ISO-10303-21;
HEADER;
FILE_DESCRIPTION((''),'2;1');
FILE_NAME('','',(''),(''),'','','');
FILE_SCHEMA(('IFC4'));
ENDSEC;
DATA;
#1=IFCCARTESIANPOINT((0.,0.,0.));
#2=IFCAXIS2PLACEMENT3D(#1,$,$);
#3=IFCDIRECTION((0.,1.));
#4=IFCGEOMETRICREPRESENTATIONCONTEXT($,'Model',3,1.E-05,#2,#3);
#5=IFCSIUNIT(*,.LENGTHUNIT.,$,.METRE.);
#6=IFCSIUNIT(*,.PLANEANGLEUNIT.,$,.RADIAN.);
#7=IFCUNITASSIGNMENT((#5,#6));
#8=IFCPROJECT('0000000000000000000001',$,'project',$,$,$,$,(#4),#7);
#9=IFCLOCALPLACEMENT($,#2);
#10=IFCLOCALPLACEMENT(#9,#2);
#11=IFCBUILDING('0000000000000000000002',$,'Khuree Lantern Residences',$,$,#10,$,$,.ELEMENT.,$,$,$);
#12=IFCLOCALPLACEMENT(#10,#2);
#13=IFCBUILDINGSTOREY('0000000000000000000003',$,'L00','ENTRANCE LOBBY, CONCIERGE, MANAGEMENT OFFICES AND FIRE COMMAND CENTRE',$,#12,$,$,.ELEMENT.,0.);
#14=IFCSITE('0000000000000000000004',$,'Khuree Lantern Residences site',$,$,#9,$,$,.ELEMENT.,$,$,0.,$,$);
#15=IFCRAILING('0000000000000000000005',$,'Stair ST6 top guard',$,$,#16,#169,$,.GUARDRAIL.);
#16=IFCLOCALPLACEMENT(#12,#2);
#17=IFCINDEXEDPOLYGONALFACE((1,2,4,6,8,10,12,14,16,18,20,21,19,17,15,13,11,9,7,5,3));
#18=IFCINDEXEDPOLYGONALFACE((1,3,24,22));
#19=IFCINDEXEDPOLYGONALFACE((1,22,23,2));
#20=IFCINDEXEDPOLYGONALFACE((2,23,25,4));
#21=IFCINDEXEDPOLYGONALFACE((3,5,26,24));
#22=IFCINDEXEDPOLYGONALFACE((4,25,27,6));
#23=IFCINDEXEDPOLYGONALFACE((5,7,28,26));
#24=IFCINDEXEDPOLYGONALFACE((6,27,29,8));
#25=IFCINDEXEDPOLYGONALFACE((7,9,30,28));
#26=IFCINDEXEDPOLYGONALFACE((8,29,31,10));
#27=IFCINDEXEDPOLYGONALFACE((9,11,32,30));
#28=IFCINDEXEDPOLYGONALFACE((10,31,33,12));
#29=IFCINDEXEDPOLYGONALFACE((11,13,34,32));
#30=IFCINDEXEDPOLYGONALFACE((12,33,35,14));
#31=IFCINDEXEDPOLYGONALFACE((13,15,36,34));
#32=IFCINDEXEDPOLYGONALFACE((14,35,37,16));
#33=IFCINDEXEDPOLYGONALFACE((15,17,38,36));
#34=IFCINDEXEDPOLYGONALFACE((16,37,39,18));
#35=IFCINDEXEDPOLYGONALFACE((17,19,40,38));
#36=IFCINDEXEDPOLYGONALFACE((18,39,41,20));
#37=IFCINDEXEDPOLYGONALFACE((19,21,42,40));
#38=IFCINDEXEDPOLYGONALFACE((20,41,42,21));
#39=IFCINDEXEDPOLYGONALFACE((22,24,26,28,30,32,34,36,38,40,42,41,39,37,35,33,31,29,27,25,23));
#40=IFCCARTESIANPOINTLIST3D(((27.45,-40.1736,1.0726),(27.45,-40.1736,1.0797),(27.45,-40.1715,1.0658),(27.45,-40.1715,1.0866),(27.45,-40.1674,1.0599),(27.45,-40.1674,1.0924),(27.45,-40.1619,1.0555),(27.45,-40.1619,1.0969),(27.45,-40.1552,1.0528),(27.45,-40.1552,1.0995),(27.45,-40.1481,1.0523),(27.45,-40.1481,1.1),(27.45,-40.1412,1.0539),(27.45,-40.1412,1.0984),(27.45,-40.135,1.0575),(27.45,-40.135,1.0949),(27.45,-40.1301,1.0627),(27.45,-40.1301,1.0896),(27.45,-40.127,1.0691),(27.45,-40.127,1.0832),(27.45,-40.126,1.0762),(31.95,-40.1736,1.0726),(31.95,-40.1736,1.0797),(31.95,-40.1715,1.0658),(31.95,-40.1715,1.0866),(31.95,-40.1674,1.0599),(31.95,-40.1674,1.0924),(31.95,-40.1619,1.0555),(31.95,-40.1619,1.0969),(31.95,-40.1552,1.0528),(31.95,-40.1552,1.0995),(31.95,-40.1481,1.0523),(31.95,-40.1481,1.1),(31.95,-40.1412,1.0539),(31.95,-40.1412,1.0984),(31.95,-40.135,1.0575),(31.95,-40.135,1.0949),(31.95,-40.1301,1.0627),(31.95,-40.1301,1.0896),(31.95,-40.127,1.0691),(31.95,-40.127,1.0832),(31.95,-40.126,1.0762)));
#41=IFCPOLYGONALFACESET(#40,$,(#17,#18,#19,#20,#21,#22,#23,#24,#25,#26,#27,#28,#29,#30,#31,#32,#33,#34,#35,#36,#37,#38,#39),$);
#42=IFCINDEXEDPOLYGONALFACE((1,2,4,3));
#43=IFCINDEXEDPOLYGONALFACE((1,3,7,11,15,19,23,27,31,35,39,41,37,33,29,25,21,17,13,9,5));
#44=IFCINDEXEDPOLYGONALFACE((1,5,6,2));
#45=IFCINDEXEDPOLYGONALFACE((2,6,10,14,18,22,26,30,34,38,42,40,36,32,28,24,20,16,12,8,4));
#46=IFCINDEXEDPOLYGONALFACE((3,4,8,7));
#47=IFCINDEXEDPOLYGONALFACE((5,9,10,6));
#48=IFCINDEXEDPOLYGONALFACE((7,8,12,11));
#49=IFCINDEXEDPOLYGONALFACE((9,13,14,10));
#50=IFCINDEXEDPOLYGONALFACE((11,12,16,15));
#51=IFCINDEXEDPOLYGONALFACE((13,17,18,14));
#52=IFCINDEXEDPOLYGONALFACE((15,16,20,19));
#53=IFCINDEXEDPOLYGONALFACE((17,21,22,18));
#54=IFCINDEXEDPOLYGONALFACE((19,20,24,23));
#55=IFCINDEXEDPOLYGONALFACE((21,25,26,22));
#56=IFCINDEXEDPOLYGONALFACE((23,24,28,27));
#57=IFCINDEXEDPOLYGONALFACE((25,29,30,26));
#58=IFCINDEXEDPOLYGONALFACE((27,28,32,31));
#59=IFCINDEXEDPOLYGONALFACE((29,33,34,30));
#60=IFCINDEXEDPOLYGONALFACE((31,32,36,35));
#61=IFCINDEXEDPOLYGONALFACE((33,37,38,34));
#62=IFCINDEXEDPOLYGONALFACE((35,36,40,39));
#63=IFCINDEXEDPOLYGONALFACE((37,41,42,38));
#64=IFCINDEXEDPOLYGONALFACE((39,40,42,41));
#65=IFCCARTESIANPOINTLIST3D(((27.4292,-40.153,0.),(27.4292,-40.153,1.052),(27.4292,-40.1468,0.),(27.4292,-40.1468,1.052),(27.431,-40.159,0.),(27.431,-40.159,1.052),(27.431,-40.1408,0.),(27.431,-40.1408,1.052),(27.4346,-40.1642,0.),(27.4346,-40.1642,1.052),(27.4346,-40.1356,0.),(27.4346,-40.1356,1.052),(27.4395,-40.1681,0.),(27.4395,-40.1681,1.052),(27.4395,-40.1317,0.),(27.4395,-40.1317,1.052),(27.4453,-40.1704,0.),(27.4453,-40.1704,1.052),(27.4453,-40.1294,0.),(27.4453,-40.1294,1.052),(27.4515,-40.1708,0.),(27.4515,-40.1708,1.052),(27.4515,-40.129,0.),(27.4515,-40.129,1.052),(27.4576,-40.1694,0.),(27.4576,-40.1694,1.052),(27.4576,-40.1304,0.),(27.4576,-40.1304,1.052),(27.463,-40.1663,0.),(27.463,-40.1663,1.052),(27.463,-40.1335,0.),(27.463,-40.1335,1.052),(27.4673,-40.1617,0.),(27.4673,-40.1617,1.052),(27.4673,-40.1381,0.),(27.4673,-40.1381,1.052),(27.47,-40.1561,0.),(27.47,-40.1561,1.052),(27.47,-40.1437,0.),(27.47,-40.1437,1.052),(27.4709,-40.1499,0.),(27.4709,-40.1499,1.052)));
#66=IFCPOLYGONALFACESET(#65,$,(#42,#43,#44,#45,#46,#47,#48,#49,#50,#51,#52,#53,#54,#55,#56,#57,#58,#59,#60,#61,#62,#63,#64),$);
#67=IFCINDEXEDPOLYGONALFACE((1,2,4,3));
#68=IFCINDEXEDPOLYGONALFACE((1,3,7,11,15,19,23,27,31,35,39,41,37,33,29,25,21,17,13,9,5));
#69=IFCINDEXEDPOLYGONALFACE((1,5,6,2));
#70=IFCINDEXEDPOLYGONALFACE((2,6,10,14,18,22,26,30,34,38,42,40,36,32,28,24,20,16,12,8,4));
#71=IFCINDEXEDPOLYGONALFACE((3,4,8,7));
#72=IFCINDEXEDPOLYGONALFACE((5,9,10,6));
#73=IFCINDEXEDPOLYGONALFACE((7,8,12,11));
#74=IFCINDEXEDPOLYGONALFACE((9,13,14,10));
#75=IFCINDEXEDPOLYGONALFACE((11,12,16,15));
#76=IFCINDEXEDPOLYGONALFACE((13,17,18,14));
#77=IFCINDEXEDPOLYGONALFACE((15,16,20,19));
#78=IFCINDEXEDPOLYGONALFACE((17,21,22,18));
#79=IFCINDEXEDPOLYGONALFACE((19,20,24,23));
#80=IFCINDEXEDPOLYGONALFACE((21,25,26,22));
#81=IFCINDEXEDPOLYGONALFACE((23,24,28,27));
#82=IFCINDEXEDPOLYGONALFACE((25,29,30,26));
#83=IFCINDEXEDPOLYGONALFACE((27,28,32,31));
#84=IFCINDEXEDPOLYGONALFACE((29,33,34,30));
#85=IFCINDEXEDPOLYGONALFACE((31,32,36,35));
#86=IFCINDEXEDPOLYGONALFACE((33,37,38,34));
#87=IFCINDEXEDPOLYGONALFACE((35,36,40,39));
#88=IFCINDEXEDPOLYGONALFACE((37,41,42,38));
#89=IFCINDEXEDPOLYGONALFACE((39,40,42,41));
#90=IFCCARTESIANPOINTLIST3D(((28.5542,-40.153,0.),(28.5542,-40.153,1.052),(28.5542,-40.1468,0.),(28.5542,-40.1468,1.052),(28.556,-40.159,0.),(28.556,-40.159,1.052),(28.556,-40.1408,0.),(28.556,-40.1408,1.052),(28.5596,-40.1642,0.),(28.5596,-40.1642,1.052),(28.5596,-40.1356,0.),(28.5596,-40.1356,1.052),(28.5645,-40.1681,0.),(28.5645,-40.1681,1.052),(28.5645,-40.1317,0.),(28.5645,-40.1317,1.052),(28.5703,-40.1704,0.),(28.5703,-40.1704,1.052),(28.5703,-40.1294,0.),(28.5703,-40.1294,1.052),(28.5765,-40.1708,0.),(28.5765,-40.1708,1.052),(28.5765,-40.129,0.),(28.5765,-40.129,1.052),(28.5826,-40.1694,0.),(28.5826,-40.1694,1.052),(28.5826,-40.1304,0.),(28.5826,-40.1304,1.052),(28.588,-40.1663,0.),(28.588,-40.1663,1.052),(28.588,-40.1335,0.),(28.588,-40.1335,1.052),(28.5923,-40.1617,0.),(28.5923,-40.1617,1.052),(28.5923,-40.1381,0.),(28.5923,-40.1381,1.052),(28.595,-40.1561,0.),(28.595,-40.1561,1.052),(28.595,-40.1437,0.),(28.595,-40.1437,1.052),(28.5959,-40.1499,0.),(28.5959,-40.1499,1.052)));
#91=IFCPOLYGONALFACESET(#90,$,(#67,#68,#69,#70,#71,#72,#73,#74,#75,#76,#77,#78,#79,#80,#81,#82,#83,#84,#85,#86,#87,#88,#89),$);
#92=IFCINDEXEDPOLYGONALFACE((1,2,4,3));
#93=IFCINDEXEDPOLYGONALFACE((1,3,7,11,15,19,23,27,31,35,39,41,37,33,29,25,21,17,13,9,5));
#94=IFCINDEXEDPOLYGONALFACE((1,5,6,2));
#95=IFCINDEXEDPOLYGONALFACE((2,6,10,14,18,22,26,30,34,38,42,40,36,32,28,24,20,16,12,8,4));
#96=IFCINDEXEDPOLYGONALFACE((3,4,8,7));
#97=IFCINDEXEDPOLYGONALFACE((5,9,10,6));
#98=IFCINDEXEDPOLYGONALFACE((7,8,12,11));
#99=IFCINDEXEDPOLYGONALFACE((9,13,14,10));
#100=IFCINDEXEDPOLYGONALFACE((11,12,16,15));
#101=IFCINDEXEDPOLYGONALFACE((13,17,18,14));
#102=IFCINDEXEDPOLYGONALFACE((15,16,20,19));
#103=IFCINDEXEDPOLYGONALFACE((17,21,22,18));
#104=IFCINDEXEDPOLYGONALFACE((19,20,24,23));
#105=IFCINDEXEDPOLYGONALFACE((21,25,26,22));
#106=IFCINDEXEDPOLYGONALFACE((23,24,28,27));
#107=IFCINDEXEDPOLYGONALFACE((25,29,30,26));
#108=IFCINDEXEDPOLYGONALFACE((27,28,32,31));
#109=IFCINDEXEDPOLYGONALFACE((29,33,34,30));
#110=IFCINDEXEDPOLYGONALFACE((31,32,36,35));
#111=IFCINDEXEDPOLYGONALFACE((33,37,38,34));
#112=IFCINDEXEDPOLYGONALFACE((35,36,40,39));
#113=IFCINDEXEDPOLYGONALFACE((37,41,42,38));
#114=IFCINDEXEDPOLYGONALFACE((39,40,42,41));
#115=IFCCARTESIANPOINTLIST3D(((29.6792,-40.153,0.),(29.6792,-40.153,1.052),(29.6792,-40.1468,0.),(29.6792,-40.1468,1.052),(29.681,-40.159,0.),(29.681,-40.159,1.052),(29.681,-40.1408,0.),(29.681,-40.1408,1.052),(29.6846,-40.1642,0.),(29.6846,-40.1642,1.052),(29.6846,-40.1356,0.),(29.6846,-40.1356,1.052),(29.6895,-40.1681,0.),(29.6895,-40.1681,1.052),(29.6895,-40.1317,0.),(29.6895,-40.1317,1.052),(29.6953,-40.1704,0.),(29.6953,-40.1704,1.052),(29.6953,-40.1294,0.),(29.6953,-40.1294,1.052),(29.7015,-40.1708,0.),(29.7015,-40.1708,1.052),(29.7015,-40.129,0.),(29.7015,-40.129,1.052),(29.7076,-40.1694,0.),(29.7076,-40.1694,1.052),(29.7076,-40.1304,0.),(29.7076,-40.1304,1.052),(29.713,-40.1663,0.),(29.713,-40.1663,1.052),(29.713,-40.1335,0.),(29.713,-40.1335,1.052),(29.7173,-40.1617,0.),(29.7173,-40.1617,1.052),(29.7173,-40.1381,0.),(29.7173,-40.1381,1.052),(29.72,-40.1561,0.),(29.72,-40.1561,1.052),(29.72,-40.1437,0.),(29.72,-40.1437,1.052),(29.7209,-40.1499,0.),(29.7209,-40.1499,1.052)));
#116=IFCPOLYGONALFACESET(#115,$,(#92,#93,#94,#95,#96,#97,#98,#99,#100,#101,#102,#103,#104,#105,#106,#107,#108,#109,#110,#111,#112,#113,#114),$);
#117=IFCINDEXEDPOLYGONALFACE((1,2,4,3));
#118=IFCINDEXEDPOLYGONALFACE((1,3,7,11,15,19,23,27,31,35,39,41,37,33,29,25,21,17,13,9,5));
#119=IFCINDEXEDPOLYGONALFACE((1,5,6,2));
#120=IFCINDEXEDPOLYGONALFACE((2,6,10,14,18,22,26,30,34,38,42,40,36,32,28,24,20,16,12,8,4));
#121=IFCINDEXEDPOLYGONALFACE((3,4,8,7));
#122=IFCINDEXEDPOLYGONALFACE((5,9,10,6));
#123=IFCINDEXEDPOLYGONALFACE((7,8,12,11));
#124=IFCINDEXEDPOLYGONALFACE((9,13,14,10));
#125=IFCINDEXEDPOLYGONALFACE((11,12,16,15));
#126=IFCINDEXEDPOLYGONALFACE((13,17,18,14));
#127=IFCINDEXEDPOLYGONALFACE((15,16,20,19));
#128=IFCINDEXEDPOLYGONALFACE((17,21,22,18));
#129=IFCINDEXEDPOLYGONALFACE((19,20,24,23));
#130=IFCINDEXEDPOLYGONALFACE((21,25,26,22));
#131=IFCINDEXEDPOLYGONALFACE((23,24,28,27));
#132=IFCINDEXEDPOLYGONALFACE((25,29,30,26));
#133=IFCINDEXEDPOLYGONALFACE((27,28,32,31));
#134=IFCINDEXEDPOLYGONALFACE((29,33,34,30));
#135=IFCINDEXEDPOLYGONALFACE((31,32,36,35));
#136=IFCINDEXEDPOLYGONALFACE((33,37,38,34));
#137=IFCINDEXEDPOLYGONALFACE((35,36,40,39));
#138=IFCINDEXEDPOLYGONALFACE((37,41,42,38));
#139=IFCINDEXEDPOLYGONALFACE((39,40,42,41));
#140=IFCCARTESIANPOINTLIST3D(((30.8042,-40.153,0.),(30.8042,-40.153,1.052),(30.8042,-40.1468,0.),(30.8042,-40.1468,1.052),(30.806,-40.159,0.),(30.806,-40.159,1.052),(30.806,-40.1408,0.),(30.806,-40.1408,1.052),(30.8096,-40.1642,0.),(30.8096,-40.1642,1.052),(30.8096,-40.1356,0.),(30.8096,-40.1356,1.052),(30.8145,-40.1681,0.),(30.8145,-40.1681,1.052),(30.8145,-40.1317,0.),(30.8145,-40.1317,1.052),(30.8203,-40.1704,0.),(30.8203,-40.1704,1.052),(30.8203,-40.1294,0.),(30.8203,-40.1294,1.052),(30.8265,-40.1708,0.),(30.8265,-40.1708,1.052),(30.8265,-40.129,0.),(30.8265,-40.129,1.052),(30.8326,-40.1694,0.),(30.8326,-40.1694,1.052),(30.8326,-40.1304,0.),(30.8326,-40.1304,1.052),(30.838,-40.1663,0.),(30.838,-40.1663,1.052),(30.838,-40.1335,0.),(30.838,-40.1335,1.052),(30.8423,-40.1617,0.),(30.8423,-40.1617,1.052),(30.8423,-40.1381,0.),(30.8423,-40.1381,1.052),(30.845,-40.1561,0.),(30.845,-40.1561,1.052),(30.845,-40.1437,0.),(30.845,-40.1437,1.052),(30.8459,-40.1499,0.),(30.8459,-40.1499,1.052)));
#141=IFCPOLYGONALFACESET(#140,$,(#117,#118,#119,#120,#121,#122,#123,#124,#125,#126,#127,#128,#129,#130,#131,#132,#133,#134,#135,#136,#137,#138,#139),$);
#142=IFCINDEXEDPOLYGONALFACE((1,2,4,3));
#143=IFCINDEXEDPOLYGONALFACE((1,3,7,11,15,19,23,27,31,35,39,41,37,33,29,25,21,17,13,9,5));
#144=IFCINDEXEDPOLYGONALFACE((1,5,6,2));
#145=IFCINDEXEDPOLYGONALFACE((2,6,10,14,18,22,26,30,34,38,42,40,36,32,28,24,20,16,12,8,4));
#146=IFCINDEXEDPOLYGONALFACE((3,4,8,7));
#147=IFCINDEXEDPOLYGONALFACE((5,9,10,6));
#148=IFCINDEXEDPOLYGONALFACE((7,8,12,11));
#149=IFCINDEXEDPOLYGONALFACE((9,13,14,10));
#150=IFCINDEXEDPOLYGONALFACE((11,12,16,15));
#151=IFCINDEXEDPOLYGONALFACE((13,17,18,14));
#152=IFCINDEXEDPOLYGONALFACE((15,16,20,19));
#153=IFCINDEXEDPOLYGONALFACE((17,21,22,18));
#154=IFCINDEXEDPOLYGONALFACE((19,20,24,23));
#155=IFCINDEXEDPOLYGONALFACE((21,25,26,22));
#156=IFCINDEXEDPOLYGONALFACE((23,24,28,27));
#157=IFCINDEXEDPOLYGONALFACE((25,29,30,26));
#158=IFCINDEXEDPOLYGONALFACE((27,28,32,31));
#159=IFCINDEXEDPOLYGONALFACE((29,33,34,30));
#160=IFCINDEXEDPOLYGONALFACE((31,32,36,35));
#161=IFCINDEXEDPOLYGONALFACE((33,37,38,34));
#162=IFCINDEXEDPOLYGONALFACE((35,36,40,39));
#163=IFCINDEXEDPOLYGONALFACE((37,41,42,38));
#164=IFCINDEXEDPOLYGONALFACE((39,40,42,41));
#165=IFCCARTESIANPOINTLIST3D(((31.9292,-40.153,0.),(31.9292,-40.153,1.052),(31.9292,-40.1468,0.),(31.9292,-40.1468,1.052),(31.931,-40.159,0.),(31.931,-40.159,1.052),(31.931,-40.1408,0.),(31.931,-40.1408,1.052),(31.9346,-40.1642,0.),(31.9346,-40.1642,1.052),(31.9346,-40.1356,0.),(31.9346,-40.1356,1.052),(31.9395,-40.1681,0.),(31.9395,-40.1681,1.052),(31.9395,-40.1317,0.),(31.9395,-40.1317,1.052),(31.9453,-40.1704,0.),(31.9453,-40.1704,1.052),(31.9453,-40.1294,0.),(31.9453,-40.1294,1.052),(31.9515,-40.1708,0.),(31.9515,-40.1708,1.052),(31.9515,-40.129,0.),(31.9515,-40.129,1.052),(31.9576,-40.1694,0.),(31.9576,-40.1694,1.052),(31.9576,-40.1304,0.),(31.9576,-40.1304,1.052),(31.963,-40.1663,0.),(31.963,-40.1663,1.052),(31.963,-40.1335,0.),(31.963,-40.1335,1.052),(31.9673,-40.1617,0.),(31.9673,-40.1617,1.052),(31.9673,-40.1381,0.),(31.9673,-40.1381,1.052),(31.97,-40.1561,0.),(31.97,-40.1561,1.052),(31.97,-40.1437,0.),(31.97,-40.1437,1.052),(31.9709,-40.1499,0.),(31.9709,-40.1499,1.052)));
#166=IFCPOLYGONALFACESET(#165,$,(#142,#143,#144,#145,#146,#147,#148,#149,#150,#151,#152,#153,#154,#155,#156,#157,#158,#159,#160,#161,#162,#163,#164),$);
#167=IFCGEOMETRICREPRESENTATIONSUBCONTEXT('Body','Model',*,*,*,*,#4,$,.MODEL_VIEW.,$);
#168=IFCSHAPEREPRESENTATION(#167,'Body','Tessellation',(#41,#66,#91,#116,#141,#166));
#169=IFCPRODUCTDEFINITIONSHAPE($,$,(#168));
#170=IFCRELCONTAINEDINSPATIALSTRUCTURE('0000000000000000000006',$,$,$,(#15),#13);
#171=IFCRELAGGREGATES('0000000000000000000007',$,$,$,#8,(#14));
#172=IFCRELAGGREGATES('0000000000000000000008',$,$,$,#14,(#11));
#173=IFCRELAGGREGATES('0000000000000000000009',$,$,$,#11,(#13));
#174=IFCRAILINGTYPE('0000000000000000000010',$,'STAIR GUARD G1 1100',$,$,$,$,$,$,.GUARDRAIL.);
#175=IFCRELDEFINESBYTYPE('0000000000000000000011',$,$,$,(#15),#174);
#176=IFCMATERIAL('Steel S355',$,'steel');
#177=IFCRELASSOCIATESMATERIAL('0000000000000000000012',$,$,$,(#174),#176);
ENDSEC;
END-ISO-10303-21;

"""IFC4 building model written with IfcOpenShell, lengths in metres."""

from ifc_helpers import new_model, si_unit, direction, frame, origin, origin_2d, place, context, subcontext, project, spatial, circle, extrude, material, type_object, element, save


model = new_model("IFC4")

# Units and contexts
model_context = context("Model", 3, precision=1e-05, world=origin(), true_north=direction((0.0, 1.0)))
body_context = subcontext(model_context, "Body", "Model", "MODEL_VIEW")
ifc_project = project(units=[si_unit("LENGTHUNIT", "METRE"), si_unit("PLANEANGLEUNIT", "RADIAN")], contexts=[model_context])

# Site, building, storey
site_placement = place(None, origin())
site = spatial("IfcSite", under=ifc_project, at=site_placement, Name="Khuree Lantern Residences site", CompositionType="ELEMENT", RefElevation=0.0)
building_placement = place(site_placement, origin())
building = spatial("IfcBuilding", under=site, at=building_placement, Name="Khuree Lantern Residences", CompositionType="ELEMENT")
storey_placement = place(building_placement, origin())
storey = spatial("IfcBuildingStorey", under=building, at=storey_placement, Name="L00", Description="ENTRANCE LOBBY, CONCIERGE, MANAGEMENT OFFICES AND FIRE COMMAND CENTRE", CompositionType="ELEMENT", Elevation=0.0)

# Shared definitions
ifc_material_1 = material(Name="Steel S355", Category="steel")

# Railing
railing_type = type_object("IfcRailingType", Name="STAIR GUARD G1 1100", PredefinedType="GUARDRAIL", material=ifc_material_1)
railing_placement = place(storey_placement, frame((27.45, -40.1499, 0.0)))
element("IfcRailing", 1, at=railing_placement, inside=storey, type_object=railing_type, Name="Stair ST6 top guard", PredefinedType="GUARDRAIL", context=body_context, shape_type="SweptSolid", body=[
    extrude(circle(Radius=0.0239, at=origin_2d()), frame((0.0, 0.0, 1.0762), z_axis=(1.0, 0.0, 0.0), x_axis=(0.0, 1.0, 0.0)), (0.0, 0.0, 1.0), 4.5),
    extrude(circle(Radius=0.021, at=origin_2d()), origin(), (0.0, 0.0, 1.0), 1.052),
    extrude(circle(Radius=0.021, at=origin_2d()), frame((1.125, 0.0, 0.0)), (0.0, 0.0, 1.0), 1.052),
    extrude(circle(Radius=0.021, at=origin_2d()), frame((2.25, 0.0, 0.0)), (0.0, 0.0, 1.0), 1.052),
    extrude(circle(Radius=0.021, at=origin_2d()), frame((3.375, 0.0, 0.0)), (0.0, 0.0, 1.0), 1.052),
    extrude(circle(Radius=0.021, at=origin_2d()), frame((4.5, 0.0, 0.0)), (0.0, 0.0, 1.0), 1.052),
])

save(model, "model.ifc")
